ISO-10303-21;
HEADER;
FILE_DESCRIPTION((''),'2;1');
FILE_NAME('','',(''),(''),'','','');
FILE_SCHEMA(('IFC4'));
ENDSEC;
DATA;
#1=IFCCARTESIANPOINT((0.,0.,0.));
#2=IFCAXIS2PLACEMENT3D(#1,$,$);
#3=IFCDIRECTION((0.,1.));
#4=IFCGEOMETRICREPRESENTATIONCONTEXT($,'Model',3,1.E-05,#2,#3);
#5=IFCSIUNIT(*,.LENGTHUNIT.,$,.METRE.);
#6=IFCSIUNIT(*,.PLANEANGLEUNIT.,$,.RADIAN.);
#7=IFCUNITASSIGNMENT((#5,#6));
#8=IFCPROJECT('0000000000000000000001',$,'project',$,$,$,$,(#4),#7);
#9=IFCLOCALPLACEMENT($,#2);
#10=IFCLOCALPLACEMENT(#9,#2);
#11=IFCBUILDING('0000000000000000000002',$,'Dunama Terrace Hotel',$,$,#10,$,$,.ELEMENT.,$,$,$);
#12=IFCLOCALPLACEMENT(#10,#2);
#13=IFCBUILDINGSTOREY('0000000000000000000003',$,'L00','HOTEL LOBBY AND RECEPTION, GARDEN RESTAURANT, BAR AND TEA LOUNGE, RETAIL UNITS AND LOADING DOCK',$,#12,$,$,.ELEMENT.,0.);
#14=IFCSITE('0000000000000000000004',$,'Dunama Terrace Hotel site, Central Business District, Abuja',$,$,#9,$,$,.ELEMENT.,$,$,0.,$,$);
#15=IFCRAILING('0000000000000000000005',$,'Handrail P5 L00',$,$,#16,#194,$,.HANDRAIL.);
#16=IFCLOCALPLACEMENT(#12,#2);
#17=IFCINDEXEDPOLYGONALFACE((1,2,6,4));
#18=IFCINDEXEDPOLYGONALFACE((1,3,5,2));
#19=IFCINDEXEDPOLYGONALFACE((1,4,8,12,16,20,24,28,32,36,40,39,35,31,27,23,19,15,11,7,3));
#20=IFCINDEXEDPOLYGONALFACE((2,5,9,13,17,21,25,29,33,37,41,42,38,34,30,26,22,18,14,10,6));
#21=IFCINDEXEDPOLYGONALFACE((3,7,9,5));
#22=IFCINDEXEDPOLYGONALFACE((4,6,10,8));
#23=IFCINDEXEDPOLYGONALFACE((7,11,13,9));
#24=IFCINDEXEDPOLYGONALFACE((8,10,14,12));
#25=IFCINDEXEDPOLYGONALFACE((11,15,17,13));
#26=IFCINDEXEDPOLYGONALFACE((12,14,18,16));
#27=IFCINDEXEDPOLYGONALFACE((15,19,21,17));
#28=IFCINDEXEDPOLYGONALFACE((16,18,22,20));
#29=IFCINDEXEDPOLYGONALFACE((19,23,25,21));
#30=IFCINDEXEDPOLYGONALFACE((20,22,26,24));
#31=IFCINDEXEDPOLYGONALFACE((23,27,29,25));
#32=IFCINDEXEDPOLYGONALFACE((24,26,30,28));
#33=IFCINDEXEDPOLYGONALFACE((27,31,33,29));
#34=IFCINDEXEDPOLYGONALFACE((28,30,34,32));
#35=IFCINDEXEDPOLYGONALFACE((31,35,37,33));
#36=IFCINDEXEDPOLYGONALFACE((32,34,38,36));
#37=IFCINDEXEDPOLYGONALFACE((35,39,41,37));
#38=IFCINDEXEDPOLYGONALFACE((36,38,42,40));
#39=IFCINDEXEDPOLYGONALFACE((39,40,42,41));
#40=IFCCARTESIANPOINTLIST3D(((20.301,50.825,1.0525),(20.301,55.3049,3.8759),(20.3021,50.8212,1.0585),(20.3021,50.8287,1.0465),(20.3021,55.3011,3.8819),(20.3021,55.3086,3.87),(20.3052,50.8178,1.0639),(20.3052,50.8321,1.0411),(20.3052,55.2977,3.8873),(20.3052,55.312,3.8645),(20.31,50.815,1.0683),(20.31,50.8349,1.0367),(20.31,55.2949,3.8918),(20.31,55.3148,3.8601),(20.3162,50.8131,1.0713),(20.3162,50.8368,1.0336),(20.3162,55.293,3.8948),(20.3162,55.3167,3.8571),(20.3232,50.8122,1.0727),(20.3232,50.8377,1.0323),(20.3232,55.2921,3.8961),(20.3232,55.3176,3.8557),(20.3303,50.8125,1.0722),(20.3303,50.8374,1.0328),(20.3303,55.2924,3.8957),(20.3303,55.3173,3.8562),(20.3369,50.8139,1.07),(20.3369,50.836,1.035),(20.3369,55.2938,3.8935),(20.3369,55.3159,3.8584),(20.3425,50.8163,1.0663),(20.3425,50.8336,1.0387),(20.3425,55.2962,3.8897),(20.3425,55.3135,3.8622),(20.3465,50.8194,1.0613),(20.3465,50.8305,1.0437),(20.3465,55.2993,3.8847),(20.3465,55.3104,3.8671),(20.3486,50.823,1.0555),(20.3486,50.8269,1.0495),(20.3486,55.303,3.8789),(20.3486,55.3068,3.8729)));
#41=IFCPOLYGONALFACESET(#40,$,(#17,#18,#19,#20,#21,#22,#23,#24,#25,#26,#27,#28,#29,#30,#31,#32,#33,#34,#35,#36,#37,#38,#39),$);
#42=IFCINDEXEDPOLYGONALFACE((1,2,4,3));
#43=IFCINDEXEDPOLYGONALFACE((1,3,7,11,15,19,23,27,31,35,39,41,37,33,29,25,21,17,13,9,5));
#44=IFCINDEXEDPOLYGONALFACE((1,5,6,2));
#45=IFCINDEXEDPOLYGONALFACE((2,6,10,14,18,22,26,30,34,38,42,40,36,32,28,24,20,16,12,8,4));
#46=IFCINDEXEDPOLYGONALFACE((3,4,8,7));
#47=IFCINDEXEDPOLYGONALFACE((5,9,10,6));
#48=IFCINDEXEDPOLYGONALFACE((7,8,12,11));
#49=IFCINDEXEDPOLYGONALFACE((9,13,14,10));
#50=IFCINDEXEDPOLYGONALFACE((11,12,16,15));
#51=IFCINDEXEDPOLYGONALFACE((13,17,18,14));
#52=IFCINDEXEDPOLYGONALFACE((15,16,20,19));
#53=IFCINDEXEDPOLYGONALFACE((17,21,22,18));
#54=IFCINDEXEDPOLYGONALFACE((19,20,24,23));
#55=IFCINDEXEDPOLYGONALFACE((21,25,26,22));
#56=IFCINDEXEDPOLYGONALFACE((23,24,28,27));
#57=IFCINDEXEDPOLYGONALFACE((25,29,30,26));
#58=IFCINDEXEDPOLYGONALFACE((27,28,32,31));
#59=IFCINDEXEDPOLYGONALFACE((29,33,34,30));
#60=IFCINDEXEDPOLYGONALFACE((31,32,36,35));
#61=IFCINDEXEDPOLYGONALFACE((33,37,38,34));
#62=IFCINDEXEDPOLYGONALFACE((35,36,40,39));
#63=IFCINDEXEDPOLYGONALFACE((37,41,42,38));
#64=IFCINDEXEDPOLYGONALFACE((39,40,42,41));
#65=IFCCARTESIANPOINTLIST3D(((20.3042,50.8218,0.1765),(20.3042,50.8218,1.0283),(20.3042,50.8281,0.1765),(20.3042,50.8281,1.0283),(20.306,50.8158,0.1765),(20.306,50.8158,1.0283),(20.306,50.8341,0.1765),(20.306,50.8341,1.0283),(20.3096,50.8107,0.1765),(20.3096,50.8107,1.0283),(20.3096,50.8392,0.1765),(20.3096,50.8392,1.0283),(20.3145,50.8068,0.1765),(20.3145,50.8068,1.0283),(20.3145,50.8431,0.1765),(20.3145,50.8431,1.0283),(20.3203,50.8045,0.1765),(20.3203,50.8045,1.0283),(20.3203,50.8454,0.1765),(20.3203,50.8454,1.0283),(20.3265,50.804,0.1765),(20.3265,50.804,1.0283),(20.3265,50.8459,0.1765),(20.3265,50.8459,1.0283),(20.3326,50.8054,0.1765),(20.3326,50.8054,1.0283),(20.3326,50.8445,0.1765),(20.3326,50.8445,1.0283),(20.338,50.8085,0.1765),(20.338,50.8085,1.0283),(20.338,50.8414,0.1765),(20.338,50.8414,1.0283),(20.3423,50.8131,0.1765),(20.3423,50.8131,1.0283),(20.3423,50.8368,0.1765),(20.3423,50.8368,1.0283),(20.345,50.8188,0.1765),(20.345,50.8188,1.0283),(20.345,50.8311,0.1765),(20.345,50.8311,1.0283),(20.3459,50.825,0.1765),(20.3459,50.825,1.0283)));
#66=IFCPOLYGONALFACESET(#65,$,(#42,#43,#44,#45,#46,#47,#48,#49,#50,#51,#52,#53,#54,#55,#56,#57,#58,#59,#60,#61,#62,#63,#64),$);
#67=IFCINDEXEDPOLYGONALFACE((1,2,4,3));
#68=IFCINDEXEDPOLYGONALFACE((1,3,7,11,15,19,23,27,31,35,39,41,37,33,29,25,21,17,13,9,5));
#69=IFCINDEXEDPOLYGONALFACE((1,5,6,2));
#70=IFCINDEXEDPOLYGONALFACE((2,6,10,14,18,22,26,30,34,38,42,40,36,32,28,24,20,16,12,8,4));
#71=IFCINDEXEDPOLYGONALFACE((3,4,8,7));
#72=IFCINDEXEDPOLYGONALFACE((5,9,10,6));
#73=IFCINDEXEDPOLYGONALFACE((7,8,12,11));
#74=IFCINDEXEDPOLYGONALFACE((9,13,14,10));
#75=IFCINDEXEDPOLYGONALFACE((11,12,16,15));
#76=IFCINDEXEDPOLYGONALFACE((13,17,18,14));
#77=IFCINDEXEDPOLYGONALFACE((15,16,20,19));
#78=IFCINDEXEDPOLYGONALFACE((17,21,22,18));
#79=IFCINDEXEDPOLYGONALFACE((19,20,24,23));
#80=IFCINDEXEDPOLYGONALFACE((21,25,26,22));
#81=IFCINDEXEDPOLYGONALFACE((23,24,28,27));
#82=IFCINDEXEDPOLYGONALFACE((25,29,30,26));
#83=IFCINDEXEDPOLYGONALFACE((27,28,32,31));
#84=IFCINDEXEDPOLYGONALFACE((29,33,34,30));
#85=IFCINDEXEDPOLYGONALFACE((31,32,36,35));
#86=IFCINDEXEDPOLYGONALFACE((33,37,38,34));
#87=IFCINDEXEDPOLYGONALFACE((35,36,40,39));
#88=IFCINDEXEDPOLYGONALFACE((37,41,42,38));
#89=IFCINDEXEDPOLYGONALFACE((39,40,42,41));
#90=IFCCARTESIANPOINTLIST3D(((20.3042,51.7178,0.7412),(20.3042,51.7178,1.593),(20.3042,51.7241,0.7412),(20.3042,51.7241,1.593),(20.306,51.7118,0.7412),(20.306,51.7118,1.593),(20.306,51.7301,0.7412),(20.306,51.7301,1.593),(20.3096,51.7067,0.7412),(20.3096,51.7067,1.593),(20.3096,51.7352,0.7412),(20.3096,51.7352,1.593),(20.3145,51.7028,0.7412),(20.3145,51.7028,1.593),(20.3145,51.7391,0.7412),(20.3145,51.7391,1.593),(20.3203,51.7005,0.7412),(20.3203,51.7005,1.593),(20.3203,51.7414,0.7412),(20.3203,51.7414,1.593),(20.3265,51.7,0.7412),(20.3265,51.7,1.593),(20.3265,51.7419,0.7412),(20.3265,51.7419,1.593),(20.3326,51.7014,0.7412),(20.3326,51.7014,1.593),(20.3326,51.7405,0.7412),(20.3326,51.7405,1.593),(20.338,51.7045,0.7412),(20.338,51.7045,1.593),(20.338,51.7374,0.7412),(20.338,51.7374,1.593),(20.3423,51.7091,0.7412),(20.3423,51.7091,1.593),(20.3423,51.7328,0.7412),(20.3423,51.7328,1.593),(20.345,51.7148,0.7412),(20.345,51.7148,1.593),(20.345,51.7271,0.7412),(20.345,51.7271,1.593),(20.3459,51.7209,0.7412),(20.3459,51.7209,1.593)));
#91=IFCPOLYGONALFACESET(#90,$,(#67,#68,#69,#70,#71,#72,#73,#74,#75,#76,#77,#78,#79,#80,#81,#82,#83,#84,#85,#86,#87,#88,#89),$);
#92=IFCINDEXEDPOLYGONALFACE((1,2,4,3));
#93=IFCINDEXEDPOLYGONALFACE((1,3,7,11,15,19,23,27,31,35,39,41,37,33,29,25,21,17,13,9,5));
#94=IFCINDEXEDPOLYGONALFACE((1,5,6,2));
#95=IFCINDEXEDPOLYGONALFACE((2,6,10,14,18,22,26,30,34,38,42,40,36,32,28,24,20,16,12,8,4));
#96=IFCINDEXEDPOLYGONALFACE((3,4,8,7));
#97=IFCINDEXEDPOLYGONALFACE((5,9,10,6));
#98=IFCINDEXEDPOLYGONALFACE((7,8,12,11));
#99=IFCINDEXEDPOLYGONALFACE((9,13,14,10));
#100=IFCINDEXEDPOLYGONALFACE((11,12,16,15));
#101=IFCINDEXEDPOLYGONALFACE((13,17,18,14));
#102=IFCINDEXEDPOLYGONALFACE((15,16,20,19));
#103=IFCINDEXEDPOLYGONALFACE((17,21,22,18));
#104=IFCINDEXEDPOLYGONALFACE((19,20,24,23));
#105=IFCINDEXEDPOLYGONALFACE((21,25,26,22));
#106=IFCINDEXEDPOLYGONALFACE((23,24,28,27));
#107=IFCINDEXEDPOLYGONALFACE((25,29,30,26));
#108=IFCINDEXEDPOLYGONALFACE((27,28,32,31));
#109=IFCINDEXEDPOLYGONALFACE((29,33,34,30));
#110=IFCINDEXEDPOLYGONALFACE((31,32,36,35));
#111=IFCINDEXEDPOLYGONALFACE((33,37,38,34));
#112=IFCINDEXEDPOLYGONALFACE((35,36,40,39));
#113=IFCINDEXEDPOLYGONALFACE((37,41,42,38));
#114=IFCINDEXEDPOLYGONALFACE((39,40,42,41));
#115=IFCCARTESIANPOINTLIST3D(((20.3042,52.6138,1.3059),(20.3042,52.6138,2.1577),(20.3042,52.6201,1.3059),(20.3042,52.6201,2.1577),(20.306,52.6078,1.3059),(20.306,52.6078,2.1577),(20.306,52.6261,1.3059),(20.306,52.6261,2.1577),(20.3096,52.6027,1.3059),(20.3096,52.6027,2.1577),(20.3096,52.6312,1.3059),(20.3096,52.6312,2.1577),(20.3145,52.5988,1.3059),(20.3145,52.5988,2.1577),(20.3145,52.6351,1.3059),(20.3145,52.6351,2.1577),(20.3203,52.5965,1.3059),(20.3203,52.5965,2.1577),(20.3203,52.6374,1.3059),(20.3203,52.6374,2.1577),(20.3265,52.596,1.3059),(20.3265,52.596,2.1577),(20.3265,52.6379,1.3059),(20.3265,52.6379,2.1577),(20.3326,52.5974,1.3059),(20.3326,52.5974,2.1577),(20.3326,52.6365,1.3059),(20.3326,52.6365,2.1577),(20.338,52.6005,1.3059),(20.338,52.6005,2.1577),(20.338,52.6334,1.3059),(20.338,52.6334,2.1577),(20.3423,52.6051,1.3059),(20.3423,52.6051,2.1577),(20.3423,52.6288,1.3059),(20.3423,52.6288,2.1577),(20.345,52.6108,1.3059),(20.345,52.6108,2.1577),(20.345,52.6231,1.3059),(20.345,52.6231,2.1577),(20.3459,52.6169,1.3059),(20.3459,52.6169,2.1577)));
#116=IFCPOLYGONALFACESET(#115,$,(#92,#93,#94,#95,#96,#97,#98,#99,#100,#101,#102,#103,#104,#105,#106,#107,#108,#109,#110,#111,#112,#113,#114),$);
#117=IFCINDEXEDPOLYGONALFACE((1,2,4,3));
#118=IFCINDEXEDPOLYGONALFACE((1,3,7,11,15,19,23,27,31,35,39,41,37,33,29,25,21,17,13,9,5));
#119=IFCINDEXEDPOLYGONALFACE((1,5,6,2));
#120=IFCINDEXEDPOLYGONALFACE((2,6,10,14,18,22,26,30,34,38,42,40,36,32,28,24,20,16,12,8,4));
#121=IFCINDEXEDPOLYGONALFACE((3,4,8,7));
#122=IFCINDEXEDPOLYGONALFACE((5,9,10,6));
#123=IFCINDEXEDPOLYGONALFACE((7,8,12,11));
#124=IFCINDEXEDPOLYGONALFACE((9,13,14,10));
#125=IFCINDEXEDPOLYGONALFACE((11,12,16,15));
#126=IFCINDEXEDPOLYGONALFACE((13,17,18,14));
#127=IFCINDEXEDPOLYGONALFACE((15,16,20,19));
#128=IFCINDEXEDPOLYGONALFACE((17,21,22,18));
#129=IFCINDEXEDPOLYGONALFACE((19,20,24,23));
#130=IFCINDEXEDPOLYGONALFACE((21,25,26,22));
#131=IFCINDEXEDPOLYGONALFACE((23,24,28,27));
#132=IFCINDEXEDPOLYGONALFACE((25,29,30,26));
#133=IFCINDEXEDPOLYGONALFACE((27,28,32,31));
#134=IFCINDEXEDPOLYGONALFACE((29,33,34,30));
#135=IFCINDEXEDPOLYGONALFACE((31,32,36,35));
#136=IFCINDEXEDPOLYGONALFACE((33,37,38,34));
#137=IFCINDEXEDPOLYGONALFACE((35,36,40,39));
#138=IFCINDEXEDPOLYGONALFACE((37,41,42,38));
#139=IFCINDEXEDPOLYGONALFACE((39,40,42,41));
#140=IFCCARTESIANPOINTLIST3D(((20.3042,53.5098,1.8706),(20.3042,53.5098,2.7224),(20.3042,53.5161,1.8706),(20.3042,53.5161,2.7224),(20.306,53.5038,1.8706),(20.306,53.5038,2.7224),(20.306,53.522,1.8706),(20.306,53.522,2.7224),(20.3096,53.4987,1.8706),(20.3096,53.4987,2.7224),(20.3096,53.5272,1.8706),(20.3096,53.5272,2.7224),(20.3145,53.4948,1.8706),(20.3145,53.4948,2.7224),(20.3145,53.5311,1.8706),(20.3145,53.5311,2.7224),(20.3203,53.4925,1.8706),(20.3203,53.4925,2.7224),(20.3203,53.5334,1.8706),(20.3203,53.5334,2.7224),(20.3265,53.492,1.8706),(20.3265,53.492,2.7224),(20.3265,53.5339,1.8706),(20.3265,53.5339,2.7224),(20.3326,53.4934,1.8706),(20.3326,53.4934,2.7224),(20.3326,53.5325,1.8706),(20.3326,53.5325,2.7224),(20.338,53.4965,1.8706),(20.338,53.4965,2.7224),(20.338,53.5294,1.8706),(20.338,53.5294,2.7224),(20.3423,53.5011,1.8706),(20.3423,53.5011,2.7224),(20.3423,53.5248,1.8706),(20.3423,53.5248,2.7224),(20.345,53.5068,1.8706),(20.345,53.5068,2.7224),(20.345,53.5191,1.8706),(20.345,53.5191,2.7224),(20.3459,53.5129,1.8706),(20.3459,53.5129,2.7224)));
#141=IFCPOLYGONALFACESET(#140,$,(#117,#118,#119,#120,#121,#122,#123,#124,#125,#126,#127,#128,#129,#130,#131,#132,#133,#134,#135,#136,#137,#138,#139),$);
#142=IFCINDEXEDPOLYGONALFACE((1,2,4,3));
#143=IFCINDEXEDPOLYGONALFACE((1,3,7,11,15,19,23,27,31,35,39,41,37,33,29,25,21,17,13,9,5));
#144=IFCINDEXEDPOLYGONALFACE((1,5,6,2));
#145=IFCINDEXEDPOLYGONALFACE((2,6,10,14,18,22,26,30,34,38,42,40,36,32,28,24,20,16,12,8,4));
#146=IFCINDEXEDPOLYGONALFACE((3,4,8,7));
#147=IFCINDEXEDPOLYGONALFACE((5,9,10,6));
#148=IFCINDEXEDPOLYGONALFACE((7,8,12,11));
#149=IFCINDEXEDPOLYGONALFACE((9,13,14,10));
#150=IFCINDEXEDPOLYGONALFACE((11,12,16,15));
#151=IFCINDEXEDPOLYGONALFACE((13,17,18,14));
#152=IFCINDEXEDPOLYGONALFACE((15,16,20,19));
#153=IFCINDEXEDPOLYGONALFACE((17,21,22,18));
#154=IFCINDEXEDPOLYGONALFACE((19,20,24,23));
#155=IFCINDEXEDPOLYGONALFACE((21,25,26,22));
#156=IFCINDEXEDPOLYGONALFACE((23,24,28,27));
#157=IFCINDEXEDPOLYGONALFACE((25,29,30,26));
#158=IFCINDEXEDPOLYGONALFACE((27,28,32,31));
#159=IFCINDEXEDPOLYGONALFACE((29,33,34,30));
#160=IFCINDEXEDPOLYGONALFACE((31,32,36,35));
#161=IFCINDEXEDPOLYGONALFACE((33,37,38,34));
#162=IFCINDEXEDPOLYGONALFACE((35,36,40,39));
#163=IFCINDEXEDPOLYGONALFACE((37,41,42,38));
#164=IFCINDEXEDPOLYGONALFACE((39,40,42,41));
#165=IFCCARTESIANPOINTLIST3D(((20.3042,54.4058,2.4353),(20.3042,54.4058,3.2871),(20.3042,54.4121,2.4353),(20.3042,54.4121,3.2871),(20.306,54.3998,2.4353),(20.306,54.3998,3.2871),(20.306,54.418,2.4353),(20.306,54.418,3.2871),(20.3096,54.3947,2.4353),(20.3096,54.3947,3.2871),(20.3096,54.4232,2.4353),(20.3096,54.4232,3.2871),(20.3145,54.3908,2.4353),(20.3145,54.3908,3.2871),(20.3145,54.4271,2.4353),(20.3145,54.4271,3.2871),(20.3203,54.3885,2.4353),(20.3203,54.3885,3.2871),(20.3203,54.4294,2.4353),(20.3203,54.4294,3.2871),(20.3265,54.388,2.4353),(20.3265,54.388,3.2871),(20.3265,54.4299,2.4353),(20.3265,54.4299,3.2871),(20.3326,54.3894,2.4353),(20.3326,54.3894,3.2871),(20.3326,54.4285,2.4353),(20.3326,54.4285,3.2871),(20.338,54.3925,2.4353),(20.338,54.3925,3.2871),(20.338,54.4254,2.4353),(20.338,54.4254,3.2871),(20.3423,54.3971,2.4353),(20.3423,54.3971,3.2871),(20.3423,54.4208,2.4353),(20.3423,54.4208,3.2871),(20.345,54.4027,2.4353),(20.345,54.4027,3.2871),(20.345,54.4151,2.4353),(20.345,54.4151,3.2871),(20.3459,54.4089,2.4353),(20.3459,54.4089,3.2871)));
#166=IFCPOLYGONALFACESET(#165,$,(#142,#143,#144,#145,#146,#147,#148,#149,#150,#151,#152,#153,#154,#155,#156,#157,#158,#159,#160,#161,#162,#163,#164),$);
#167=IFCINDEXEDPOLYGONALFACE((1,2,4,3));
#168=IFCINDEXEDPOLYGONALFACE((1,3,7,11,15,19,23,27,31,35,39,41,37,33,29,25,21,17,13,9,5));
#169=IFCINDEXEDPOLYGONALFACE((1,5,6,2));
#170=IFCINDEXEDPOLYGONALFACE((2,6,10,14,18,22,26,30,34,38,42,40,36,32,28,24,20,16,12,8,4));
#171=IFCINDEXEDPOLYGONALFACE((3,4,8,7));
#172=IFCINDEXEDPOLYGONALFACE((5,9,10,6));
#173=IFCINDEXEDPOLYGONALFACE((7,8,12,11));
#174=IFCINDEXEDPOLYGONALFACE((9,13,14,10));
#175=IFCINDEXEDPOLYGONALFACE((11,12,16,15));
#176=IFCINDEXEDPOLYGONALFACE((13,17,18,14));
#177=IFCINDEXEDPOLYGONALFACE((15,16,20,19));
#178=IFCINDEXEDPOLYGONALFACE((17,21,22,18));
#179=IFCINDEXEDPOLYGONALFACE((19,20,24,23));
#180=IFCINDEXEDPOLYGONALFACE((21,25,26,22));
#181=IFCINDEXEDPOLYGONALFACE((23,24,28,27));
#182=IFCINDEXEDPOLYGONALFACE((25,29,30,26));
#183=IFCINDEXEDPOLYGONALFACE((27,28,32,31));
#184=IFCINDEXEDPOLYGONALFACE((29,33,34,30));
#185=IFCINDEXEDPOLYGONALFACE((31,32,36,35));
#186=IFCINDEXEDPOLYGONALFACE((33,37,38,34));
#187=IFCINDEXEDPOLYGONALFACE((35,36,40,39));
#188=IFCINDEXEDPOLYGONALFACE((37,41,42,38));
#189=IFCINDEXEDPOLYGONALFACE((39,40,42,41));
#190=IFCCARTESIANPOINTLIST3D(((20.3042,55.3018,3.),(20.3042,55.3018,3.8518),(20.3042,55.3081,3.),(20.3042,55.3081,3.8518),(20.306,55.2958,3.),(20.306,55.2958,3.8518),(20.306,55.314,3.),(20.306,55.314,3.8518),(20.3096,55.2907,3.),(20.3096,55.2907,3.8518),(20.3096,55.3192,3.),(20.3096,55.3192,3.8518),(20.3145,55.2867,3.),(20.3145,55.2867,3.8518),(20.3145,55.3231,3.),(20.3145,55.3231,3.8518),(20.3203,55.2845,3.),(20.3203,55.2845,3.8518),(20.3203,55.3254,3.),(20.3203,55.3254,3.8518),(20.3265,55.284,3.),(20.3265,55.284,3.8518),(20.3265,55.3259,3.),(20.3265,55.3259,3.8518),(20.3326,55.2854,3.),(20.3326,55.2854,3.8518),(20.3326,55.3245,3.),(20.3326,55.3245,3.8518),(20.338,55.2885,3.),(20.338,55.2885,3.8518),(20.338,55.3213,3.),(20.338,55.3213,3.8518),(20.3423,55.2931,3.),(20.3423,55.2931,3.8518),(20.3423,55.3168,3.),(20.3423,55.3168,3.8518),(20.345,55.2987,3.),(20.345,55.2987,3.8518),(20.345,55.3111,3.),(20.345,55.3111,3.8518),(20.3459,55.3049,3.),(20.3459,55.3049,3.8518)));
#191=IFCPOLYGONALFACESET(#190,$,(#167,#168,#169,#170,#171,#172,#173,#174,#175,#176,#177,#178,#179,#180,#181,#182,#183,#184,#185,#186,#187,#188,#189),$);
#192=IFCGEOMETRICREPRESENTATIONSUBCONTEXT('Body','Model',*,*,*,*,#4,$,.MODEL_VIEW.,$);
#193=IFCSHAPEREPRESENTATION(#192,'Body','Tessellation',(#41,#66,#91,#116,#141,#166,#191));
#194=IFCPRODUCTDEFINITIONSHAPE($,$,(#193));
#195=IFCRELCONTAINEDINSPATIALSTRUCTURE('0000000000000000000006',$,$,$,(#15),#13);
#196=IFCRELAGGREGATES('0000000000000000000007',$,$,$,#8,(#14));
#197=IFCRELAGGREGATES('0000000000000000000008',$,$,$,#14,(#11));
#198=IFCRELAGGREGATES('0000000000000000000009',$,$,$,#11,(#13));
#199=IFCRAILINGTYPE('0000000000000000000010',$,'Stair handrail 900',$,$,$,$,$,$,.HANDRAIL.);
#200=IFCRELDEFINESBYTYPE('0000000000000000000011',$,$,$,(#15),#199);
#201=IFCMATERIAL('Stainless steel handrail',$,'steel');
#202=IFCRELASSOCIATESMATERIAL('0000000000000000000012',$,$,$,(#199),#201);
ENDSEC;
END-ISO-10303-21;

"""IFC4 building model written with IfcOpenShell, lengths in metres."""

from ifc_helpers import new_model, si_unit, direction, frame, origin, origin_2d, place, context, subcontext, project, spatial, circle, extrude, material, type_object, element, save


model = new_model("IFC4")

# Units and contexts
model_context = context("Model", 3, precision=1e-05, world=origin(), true_north=direction((0.0, 1.0)))
body_context = subcontext(model_context, "Body", "Model", "MODEL_VIEW")
ifc_project = project(units=[si_unit("LENGTHUNIT", "METRE"), si_unit("PLANEANGLEUNIT", "RADIAN")], contexts=[model_context])

# Site, building, storey
site_placement = place(None, origin())
site = spatial("IfcSite", under=ifc_project, at=site_placement, Name="Dunama Terrace Hotel site, Central Business District, Abuja", CompositionType="ELEMENT", RefElevation=0.0)
building_placement = place(site_placement, origin())
building = spatial("IfcBuilding", under=site, at=building_placement, Name="Dunama Terrace Hotel", CompositionType="ELEMENT")
storey_placement = place(building_placement, origin())
storey = spatial("IfcBuildingStorey", under=building, at=storey_placement, Name="L00", Description="HOTEL LOBBY AND RECEPTION, GARDEN RESTAURANT, BAR AND TEA LOUNGE, RETAIL UNITS AND LOADING DOCK", CompositionType="ELEMENT", Elevation=0.0)

# Railing
ifc_material_1 = material(Name="Stainless steel handrail", Category="steel")
railing_type = type_object("IfcRailingType", Name="Stair handrail 900", PredefinedType="HANDRAIL", material=ifc_material_1)
railing_1_placement = place(storey_placement, frame((20.325, 50.825, 0.1765)))
element("IfcRailing", 1, at=railing_1_placement, inside=storey, type_object=railing_type, Name="Handrail P5 L00", PredefinedType="HANDRAIL", context=body_context, shape_type="SweptSolid", body=[
    extrude(circle(Radius=0.0239, at=origin_2d()), frame((0.0, 0.0, 0.876), z_axis=(0.0, 0.845998, 0.533186), x_axis=(-1.0, 0.0, 0.0)), (0.0, 0.0, 1.0), 5.2954),
    extrude(circle(Radius=0.021, at=origin_2d()), origin(), (0.0, 0.0, 1.0), 0.8518),
    extrude(circle(Radius=0.021, at=origin_2d()), frame((0.0, 0.896, 0.5647)), (0.0, 0.0, 1.0), 0.8518),
    extrude(circle(Radius=0.021, at=origin_2d()), frame((0.0, 1.792, 1.1294)), (0.0, 0.0, 1.0), 0.8518),
    extrude(circle(Radius=0.021, at=origin_2d()), frame((0.0, 2.688, 1.6941)), (0.0, 0.0, 1.0), 0.8518),
    extrude(circle(Radius=0.021, at=origin_2d()), frame((0.0, 3.584, 2.2588)), (0.0, 0.0, 1.0), 0.8518),
    extrude(circle(Radius=0.021, at=origin_2d()), frame((0.0, 4.48, 2.8235)), (0.0, 0.0, 1.0), 0.8518),
])

save(model, "model.ifc")
